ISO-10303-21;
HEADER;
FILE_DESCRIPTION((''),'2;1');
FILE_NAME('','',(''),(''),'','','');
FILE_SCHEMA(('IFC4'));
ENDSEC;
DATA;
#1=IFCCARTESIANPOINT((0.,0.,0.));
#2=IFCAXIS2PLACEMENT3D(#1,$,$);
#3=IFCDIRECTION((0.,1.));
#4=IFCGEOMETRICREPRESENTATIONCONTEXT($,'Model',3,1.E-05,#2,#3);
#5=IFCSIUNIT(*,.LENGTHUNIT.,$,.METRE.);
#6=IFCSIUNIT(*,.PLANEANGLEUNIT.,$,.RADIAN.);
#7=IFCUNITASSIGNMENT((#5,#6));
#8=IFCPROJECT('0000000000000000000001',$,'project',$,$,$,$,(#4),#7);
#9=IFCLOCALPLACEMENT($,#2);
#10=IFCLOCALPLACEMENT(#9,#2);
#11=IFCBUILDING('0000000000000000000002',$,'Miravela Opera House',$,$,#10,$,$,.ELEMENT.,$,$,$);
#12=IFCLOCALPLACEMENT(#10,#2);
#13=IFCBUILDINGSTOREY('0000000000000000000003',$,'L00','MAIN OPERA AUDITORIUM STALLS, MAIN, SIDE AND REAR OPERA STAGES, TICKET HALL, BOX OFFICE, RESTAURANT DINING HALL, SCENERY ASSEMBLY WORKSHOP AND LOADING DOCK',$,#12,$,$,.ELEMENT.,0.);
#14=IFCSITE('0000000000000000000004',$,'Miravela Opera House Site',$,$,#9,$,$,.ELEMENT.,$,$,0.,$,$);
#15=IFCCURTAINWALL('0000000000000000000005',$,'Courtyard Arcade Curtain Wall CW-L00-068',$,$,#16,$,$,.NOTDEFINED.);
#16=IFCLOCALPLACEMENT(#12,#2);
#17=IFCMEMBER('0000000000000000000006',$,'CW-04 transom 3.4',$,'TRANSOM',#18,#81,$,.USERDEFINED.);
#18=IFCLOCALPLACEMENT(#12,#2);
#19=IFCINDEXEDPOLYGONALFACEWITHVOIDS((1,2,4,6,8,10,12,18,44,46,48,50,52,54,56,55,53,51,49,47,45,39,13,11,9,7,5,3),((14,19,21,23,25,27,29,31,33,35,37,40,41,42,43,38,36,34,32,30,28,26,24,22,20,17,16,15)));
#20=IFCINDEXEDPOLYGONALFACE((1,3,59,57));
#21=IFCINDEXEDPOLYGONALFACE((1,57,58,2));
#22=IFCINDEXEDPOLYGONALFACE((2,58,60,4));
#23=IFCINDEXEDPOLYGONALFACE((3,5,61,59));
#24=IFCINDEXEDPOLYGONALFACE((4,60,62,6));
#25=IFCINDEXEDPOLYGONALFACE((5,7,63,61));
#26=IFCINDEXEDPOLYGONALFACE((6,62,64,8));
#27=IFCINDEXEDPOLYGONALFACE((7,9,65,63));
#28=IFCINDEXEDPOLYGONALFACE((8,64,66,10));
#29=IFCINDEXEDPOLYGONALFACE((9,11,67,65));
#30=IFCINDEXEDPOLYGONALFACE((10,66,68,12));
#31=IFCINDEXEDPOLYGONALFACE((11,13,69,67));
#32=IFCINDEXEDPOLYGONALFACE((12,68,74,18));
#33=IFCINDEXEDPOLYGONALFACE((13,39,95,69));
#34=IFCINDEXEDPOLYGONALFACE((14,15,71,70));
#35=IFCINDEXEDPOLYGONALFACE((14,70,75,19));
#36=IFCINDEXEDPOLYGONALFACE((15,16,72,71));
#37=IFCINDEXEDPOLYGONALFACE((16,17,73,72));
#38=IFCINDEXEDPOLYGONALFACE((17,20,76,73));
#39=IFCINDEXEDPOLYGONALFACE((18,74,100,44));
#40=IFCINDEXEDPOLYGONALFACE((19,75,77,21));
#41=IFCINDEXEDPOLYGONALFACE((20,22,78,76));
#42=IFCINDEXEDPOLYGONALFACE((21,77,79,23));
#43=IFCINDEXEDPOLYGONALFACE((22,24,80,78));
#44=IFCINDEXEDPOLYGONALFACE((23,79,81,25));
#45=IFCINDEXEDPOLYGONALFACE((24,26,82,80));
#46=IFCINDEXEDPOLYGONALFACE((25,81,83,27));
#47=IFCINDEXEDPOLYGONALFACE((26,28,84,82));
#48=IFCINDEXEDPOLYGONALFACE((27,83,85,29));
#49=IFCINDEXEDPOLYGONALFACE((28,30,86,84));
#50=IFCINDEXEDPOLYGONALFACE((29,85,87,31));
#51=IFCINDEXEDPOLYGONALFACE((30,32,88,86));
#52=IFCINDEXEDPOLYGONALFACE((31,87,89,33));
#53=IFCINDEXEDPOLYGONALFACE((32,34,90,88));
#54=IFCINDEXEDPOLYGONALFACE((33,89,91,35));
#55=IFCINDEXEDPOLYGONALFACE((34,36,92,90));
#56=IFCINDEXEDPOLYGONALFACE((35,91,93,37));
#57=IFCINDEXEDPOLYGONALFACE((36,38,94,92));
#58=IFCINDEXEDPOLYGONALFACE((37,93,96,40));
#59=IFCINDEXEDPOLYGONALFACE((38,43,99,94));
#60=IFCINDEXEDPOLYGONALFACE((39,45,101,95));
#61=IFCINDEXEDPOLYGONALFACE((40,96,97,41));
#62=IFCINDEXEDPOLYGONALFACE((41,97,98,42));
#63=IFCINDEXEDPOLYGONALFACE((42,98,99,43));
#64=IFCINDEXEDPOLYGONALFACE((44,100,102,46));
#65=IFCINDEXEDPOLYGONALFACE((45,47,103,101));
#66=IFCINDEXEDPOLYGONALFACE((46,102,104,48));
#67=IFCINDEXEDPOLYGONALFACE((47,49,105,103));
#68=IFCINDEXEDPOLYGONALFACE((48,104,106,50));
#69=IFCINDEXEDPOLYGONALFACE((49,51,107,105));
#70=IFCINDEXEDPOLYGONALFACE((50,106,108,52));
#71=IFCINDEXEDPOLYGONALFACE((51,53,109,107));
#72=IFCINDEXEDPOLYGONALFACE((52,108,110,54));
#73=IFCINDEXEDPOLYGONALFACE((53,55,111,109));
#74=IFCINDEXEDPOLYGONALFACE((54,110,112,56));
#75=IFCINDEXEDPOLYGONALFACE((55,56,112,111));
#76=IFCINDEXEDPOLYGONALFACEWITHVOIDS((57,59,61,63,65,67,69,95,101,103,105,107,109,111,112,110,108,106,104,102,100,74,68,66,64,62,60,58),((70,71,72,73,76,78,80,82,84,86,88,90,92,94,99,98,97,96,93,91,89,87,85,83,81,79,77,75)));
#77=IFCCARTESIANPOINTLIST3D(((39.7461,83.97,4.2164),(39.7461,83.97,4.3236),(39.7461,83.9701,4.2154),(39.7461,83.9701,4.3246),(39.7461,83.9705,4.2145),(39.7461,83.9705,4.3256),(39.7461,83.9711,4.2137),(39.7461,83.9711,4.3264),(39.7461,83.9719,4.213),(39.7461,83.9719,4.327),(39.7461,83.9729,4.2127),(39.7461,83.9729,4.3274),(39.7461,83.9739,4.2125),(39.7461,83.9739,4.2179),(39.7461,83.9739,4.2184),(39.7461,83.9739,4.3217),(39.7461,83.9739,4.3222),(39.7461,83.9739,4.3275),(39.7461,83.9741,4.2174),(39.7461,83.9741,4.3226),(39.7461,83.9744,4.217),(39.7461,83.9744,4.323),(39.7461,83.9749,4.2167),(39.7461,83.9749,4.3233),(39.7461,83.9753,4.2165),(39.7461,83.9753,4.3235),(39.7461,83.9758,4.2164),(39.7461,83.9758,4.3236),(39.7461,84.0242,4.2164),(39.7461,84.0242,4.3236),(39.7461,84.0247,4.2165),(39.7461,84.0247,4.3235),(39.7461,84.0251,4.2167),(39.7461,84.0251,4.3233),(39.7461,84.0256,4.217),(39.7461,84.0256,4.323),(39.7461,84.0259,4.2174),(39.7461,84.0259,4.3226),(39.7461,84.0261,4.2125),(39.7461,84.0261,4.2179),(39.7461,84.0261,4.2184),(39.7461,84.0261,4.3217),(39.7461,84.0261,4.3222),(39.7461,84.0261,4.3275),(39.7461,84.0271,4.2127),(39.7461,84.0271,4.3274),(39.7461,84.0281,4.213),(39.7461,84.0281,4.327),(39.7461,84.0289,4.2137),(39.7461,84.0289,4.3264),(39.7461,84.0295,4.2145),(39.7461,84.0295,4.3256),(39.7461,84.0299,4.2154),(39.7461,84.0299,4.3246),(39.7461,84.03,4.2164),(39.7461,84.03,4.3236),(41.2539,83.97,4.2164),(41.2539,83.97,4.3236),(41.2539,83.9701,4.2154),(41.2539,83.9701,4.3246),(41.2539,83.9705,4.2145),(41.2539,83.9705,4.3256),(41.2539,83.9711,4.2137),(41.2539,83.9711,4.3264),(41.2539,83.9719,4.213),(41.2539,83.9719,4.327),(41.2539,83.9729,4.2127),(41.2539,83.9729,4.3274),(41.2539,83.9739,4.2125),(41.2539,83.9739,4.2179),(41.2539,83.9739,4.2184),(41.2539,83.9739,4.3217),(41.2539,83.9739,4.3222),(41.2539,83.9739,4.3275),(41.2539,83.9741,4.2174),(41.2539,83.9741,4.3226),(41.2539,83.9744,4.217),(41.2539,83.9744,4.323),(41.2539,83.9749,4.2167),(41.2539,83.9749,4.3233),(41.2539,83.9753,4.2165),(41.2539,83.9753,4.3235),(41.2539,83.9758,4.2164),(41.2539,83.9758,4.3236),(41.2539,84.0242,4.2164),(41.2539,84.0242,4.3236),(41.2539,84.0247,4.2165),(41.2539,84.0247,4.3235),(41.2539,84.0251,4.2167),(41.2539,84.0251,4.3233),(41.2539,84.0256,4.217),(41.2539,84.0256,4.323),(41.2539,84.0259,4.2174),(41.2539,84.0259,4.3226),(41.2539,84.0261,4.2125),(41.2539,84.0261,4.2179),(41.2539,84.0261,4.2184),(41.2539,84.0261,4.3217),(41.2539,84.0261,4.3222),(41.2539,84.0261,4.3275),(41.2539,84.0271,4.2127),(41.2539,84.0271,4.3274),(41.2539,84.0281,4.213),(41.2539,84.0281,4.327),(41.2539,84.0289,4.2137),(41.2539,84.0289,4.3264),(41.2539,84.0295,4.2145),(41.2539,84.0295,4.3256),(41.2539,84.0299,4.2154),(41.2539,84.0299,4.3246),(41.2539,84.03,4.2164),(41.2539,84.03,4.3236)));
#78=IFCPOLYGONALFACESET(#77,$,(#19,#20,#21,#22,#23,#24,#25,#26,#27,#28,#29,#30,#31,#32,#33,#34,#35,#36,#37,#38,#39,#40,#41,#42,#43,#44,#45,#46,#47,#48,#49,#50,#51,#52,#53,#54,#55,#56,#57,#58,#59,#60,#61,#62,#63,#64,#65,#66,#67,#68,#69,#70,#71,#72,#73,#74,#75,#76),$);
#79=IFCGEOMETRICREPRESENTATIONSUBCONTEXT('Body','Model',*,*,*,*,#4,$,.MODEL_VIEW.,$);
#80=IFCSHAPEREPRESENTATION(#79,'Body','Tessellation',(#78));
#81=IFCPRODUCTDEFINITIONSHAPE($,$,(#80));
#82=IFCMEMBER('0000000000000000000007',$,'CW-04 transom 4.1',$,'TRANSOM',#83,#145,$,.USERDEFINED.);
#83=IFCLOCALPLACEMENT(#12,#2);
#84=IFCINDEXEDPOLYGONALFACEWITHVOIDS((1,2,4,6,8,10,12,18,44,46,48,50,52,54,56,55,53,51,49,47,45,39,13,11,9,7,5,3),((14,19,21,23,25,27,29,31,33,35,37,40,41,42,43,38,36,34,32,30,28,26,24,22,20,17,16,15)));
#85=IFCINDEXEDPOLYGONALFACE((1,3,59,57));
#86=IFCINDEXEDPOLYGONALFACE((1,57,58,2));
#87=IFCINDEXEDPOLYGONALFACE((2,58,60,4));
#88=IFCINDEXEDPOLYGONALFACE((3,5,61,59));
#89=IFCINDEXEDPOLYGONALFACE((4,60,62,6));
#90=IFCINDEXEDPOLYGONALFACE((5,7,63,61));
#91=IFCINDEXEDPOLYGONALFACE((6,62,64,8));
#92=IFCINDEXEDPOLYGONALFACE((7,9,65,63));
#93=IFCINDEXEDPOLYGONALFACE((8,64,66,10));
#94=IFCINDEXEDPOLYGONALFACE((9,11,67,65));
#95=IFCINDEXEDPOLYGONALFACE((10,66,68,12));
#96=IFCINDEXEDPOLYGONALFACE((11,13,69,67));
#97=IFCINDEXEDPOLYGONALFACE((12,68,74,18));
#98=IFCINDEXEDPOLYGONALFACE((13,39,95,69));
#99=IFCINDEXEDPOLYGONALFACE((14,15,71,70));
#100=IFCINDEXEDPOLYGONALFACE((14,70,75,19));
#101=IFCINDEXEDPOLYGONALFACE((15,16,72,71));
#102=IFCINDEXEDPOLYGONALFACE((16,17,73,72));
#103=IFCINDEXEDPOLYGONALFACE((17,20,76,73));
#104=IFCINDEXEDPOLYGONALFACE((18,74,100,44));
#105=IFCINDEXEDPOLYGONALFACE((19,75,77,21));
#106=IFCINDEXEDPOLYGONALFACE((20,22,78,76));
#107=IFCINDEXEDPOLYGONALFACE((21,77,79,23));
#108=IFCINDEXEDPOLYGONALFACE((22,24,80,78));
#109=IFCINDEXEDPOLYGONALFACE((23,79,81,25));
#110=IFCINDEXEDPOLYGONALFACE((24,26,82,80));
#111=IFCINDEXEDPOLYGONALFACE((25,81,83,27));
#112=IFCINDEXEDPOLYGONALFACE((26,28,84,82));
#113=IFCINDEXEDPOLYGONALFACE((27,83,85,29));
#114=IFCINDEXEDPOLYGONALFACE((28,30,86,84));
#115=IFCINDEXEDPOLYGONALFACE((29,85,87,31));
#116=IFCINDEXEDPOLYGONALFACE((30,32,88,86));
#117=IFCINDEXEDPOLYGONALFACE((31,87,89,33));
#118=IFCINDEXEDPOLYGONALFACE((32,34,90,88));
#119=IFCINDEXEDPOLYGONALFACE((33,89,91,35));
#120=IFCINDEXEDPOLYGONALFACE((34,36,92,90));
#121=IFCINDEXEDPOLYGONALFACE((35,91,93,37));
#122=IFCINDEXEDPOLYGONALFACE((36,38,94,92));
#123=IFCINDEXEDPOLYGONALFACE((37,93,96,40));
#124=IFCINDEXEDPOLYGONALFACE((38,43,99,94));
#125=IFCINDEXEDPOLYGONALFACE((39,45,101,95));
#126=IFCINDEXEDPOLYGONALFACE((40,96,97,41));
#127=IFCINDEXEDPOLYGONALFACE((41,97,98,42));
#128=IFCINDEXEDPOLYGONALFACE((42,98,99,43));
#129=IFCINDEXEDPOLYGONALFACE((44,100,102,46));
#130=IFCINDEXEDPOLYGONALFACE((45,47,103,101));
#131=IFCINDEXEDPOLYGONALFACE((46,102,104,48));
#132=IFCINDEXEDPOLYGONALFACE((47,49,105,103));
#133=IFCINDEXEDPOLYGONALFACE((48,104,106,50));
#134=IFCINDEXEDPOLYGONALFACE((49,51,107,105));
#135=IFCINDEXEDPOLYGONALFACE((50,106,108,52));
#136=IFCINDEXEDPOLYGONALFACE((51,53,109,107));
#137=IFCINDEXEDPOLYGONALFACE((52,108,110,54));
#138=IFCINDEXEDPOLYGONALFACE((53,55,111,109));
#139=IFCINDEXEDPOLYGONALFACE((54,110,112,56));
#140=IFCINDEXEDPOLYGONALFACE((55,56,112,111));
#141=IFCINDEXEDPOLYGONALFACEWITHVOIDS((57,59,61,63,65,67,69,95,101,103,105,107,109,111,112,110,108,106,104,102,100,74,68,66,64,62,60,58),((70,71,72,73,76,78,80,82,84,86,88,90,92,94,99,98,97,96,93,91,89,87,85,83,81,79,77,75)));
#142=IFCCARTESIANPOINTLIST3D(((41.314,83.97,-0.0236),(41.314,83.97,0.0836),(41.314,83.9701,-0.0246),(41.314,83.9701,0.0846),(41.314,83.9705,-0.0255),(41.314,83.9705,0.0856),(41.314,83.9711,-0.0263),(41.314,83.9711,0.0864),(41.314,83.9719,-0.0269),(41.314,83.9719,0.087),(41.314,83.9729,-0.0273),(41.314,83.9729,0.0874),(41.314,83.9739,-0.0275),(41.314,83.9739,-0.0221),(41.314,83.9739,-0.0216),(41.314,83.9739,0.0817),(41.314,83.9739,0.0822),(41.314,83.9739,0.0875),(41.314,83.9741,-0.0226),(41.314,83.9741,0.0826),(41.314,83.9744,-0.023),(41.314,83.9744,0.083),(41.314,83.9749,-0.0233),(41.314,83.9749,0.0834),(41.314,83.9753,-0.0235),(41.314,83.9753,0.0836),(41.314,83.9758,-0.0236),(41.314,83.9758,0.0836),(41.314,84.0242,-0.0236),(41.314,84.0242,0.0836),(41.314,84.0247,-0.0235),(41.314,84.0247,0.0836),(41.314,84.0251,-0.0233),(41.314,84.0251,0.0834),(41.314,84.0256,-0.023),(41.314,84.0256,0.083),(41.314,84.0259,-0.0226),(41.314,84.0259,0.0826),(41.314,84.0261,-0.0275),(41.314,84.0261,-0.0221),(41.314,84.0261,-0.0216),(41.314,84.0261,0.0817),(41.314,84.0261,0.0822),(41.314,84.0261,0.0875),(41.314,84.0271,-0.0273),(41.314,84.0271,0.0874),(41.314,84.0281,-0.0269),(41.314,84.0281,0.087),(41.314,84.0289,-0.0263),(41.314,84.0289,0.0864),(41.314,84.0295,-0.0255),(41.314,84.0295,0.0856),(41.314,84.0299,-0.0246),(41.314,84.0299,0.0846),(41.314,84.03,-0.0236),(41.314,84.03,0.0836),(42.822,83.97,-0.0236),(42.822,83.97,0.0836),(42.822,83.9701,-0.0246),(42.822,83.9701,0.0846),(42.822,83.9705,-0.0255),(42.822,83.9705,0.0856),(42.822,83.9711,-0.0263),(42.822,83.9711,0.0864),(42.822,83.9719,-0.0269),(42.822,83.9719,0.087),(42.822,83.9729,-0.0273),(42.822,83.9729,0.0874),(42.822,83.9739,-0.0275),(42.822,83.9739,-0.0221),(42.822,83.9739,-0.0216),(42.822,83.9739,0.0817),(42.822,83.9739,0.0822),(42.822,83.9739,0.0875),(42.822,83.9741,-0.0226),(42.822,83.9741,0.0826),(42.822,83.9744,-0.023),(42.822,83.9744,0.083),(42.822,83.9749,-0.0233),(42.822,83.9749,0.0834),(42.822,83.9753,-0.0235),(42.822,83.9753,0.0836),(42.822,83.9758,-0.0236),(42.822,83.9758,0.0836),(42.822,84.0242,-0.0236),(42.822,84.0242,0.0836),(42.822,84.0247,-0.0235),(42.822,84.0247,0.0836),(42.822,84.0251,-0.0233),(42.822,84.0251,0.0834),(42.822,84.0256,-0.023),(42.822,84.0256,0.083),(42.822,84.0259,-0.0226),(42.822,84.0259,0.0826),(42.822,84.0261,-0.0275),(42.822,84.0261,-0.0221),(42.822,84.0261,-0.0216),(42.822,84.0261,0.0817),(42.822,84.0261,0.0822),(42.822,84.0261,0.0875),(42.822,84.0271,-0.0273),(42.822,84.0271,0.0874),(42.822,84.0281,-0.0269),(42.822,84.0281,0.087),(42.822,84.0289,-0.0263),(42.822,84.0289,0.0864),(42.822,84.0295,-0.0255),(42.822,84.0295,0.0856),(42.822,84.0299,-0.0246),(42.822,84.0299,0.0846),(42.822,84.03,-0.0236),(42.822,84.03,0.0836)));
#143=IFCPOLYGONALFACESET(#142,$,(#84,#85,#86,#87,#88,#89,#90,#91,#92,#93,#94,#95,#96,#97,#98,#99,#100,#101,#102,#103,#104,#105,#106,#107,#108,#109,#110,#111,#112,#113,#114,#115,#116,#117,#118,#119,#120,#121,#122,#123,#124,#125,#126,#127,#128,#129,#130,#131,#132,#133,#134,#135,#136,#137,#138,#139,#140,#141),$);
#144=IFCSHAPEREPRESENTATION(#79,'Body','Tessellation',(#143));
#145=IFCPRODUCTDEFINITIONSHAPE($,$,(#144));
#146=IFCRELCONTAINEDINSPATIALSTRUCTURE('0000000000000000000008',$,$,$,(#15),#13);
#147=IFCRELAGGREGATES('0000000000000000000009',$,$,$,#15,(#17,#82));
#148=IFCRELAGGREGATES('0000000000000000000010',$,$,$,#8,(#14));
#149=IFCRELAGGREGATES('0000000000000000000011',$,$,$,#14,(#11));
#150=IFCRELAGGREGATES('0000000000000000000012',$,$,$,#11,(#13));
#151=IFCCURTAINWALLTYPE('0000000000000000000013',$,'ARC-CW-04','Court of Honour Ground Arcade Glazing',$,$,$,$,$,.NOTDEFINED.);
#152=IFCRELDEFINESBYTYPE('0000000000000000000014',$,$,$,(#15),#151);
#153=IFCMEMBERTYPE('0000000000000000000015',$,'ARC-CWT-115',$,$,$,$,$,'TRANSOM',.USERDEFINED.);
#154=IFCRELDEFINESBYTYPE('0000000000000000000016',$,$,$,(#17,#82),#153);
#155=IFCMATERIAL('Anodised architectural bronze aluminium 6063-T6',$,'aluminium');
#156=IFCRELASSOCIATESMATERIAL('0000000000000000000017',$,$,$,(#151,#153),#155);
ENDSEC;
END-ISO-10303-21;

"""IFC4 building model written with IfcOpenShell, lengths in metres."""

from ifc_helpers import new_model, si_unit, direction, frame, origin, origin_2d, place, context, subcontext, project, spatial, hollow_rectangle, extrude, material, material_profile, profile_set, type_object, element, aggregate, save


model = new_model("IFC4")

# Units and contexts
model_context = context("Model", 3, precision=1e-05, world=origin(), true_north=direction((0.0, 1.0)))
body_context = subcontext(model_context, "Body", "Model", "MODEL_VIEW")
ifc_project = project(units=[si_unit("LENGTHUNIT", "METRE"), si_unit("PLANEANGLEUNIT", "RADIAN")], contexts=[model_context])

# Site, building, storey
site_placement = place(None, origin())
site = spatial("IfcSite", under=ifc_project, at=site_placement, Name="Miravela Opera House Site", CompositionType="ELEMENT", RefElevation=0.0)
building_placement = place(site_placement, origin())
building = spatial("IfcBuilding", under=site, at=building_placement, Name="Miravela Opera House", CompositionType="ELEMENT")
storey_placement = place(building_placement, origin())
storey = spatial("IfcBuildingStorey", under=building, at=storey_placement, Name="L00", Description="MAIN OPERA AUDITORIUM STALLS, MAIN, SIDE AND REAR OPERA STAGES, TICKET HALL, BOX OFFICE, RESTAURANT DINING HALL, SCENERY ASSEMBLY WORKSHOP AND LOADING DOCK", CompositionType="ELEMENT", Elevation=0.0)

# Curtain wall, members
ifc_material_1 = material(Name="Anodised architectural bronze aluminium 6063-T6", Category="aluminium")
curtain_wall_type = type_object("IfcCurtainWallType", Name="ARC-CW-04", Description="Court of Honour Ground Arcade Glazing", PredefinedType="NOTDEFINED", material=ifc_material_1)
curtain_wall_placement = place(storey_placement, origin())
curtain_wall = element("IfcCurtainWall", 1, at=curtain_wall_placement, inside=storey, type_object=curtain_wall_type, Name="Courtyard Arcade Curtain Wall CW-L00-068", PredefinedType="NOTDEFINED")
ifc_material_profile_1 = material_profile(ifc_material_1, hollow_rectangle(XDim=0.0601, YDim=0.115, WallThickness=0.0039, InnerFilletRadius=0.002, OuterFilletRadius=0.0039, at=origin_2d()), Name="CWT-60X115")
ifc_profile_set_1 = profile_set([ifc_material_profile_1])
member_type_1 = type_object("IfcMemberType", Name="ARC-CWT-115", ElementType="TRANSOM", PredefinedType="USERDEFINED", material=ifc_profile_set_1)
member_1_placement = place(storey_placement, frame((39.7461, 84.0, 4.27), z_axis=(1.0, 0.0, 0.0), x_axis=(0.0, 1.0, 0.0)))
member_1 = element("IfcMember", 2, at=member_1_placement, type_object=member_type_1, Name="CW-04 transom 3.4", ObjectType="TRANSOM", PredefinedType="USERDEFINED", context=body_context, shape_type="SweptSolid", body=[
    extrude(hollow_rectangle(XDim=0.0601, YDim=0.115, WallThickness=0.0039, InnerFilletRadius=0.002, OuterFilletRadius=0.0039, at=origin_2d()), origin(), (0.0, 0.0, 1.0), 1.5078),
])
member_2_placement = place(storey_placement, frame((41.314, 84.0, 0.03), z_axis=(1.0, 0.0, 0.0), x_axis=(0.0, 1.0, 0.0)))
member_2 = element("IfcMember", 3, at=member_2_placement, type_object=member_type_1, Name="CW-04 transom 4.1", ObjectType="TRANSOM", PredefinedType="USERDEFINED", context=body_context, shape_type="SweptSolid", body=[
    extrude(hollow_rectangle(XDim=0.0601, YDim=0.115, WallThickness=0.0039, InnerFilletRadius=0.002, OuterFilletRadius=0.0039, at=origin_2d()), origin(), (0.0, 0.0, 1.0), 1.5081),
])
aggregate(curtain_wall, [member_1, member_2])

save(model, "model.ifc")
